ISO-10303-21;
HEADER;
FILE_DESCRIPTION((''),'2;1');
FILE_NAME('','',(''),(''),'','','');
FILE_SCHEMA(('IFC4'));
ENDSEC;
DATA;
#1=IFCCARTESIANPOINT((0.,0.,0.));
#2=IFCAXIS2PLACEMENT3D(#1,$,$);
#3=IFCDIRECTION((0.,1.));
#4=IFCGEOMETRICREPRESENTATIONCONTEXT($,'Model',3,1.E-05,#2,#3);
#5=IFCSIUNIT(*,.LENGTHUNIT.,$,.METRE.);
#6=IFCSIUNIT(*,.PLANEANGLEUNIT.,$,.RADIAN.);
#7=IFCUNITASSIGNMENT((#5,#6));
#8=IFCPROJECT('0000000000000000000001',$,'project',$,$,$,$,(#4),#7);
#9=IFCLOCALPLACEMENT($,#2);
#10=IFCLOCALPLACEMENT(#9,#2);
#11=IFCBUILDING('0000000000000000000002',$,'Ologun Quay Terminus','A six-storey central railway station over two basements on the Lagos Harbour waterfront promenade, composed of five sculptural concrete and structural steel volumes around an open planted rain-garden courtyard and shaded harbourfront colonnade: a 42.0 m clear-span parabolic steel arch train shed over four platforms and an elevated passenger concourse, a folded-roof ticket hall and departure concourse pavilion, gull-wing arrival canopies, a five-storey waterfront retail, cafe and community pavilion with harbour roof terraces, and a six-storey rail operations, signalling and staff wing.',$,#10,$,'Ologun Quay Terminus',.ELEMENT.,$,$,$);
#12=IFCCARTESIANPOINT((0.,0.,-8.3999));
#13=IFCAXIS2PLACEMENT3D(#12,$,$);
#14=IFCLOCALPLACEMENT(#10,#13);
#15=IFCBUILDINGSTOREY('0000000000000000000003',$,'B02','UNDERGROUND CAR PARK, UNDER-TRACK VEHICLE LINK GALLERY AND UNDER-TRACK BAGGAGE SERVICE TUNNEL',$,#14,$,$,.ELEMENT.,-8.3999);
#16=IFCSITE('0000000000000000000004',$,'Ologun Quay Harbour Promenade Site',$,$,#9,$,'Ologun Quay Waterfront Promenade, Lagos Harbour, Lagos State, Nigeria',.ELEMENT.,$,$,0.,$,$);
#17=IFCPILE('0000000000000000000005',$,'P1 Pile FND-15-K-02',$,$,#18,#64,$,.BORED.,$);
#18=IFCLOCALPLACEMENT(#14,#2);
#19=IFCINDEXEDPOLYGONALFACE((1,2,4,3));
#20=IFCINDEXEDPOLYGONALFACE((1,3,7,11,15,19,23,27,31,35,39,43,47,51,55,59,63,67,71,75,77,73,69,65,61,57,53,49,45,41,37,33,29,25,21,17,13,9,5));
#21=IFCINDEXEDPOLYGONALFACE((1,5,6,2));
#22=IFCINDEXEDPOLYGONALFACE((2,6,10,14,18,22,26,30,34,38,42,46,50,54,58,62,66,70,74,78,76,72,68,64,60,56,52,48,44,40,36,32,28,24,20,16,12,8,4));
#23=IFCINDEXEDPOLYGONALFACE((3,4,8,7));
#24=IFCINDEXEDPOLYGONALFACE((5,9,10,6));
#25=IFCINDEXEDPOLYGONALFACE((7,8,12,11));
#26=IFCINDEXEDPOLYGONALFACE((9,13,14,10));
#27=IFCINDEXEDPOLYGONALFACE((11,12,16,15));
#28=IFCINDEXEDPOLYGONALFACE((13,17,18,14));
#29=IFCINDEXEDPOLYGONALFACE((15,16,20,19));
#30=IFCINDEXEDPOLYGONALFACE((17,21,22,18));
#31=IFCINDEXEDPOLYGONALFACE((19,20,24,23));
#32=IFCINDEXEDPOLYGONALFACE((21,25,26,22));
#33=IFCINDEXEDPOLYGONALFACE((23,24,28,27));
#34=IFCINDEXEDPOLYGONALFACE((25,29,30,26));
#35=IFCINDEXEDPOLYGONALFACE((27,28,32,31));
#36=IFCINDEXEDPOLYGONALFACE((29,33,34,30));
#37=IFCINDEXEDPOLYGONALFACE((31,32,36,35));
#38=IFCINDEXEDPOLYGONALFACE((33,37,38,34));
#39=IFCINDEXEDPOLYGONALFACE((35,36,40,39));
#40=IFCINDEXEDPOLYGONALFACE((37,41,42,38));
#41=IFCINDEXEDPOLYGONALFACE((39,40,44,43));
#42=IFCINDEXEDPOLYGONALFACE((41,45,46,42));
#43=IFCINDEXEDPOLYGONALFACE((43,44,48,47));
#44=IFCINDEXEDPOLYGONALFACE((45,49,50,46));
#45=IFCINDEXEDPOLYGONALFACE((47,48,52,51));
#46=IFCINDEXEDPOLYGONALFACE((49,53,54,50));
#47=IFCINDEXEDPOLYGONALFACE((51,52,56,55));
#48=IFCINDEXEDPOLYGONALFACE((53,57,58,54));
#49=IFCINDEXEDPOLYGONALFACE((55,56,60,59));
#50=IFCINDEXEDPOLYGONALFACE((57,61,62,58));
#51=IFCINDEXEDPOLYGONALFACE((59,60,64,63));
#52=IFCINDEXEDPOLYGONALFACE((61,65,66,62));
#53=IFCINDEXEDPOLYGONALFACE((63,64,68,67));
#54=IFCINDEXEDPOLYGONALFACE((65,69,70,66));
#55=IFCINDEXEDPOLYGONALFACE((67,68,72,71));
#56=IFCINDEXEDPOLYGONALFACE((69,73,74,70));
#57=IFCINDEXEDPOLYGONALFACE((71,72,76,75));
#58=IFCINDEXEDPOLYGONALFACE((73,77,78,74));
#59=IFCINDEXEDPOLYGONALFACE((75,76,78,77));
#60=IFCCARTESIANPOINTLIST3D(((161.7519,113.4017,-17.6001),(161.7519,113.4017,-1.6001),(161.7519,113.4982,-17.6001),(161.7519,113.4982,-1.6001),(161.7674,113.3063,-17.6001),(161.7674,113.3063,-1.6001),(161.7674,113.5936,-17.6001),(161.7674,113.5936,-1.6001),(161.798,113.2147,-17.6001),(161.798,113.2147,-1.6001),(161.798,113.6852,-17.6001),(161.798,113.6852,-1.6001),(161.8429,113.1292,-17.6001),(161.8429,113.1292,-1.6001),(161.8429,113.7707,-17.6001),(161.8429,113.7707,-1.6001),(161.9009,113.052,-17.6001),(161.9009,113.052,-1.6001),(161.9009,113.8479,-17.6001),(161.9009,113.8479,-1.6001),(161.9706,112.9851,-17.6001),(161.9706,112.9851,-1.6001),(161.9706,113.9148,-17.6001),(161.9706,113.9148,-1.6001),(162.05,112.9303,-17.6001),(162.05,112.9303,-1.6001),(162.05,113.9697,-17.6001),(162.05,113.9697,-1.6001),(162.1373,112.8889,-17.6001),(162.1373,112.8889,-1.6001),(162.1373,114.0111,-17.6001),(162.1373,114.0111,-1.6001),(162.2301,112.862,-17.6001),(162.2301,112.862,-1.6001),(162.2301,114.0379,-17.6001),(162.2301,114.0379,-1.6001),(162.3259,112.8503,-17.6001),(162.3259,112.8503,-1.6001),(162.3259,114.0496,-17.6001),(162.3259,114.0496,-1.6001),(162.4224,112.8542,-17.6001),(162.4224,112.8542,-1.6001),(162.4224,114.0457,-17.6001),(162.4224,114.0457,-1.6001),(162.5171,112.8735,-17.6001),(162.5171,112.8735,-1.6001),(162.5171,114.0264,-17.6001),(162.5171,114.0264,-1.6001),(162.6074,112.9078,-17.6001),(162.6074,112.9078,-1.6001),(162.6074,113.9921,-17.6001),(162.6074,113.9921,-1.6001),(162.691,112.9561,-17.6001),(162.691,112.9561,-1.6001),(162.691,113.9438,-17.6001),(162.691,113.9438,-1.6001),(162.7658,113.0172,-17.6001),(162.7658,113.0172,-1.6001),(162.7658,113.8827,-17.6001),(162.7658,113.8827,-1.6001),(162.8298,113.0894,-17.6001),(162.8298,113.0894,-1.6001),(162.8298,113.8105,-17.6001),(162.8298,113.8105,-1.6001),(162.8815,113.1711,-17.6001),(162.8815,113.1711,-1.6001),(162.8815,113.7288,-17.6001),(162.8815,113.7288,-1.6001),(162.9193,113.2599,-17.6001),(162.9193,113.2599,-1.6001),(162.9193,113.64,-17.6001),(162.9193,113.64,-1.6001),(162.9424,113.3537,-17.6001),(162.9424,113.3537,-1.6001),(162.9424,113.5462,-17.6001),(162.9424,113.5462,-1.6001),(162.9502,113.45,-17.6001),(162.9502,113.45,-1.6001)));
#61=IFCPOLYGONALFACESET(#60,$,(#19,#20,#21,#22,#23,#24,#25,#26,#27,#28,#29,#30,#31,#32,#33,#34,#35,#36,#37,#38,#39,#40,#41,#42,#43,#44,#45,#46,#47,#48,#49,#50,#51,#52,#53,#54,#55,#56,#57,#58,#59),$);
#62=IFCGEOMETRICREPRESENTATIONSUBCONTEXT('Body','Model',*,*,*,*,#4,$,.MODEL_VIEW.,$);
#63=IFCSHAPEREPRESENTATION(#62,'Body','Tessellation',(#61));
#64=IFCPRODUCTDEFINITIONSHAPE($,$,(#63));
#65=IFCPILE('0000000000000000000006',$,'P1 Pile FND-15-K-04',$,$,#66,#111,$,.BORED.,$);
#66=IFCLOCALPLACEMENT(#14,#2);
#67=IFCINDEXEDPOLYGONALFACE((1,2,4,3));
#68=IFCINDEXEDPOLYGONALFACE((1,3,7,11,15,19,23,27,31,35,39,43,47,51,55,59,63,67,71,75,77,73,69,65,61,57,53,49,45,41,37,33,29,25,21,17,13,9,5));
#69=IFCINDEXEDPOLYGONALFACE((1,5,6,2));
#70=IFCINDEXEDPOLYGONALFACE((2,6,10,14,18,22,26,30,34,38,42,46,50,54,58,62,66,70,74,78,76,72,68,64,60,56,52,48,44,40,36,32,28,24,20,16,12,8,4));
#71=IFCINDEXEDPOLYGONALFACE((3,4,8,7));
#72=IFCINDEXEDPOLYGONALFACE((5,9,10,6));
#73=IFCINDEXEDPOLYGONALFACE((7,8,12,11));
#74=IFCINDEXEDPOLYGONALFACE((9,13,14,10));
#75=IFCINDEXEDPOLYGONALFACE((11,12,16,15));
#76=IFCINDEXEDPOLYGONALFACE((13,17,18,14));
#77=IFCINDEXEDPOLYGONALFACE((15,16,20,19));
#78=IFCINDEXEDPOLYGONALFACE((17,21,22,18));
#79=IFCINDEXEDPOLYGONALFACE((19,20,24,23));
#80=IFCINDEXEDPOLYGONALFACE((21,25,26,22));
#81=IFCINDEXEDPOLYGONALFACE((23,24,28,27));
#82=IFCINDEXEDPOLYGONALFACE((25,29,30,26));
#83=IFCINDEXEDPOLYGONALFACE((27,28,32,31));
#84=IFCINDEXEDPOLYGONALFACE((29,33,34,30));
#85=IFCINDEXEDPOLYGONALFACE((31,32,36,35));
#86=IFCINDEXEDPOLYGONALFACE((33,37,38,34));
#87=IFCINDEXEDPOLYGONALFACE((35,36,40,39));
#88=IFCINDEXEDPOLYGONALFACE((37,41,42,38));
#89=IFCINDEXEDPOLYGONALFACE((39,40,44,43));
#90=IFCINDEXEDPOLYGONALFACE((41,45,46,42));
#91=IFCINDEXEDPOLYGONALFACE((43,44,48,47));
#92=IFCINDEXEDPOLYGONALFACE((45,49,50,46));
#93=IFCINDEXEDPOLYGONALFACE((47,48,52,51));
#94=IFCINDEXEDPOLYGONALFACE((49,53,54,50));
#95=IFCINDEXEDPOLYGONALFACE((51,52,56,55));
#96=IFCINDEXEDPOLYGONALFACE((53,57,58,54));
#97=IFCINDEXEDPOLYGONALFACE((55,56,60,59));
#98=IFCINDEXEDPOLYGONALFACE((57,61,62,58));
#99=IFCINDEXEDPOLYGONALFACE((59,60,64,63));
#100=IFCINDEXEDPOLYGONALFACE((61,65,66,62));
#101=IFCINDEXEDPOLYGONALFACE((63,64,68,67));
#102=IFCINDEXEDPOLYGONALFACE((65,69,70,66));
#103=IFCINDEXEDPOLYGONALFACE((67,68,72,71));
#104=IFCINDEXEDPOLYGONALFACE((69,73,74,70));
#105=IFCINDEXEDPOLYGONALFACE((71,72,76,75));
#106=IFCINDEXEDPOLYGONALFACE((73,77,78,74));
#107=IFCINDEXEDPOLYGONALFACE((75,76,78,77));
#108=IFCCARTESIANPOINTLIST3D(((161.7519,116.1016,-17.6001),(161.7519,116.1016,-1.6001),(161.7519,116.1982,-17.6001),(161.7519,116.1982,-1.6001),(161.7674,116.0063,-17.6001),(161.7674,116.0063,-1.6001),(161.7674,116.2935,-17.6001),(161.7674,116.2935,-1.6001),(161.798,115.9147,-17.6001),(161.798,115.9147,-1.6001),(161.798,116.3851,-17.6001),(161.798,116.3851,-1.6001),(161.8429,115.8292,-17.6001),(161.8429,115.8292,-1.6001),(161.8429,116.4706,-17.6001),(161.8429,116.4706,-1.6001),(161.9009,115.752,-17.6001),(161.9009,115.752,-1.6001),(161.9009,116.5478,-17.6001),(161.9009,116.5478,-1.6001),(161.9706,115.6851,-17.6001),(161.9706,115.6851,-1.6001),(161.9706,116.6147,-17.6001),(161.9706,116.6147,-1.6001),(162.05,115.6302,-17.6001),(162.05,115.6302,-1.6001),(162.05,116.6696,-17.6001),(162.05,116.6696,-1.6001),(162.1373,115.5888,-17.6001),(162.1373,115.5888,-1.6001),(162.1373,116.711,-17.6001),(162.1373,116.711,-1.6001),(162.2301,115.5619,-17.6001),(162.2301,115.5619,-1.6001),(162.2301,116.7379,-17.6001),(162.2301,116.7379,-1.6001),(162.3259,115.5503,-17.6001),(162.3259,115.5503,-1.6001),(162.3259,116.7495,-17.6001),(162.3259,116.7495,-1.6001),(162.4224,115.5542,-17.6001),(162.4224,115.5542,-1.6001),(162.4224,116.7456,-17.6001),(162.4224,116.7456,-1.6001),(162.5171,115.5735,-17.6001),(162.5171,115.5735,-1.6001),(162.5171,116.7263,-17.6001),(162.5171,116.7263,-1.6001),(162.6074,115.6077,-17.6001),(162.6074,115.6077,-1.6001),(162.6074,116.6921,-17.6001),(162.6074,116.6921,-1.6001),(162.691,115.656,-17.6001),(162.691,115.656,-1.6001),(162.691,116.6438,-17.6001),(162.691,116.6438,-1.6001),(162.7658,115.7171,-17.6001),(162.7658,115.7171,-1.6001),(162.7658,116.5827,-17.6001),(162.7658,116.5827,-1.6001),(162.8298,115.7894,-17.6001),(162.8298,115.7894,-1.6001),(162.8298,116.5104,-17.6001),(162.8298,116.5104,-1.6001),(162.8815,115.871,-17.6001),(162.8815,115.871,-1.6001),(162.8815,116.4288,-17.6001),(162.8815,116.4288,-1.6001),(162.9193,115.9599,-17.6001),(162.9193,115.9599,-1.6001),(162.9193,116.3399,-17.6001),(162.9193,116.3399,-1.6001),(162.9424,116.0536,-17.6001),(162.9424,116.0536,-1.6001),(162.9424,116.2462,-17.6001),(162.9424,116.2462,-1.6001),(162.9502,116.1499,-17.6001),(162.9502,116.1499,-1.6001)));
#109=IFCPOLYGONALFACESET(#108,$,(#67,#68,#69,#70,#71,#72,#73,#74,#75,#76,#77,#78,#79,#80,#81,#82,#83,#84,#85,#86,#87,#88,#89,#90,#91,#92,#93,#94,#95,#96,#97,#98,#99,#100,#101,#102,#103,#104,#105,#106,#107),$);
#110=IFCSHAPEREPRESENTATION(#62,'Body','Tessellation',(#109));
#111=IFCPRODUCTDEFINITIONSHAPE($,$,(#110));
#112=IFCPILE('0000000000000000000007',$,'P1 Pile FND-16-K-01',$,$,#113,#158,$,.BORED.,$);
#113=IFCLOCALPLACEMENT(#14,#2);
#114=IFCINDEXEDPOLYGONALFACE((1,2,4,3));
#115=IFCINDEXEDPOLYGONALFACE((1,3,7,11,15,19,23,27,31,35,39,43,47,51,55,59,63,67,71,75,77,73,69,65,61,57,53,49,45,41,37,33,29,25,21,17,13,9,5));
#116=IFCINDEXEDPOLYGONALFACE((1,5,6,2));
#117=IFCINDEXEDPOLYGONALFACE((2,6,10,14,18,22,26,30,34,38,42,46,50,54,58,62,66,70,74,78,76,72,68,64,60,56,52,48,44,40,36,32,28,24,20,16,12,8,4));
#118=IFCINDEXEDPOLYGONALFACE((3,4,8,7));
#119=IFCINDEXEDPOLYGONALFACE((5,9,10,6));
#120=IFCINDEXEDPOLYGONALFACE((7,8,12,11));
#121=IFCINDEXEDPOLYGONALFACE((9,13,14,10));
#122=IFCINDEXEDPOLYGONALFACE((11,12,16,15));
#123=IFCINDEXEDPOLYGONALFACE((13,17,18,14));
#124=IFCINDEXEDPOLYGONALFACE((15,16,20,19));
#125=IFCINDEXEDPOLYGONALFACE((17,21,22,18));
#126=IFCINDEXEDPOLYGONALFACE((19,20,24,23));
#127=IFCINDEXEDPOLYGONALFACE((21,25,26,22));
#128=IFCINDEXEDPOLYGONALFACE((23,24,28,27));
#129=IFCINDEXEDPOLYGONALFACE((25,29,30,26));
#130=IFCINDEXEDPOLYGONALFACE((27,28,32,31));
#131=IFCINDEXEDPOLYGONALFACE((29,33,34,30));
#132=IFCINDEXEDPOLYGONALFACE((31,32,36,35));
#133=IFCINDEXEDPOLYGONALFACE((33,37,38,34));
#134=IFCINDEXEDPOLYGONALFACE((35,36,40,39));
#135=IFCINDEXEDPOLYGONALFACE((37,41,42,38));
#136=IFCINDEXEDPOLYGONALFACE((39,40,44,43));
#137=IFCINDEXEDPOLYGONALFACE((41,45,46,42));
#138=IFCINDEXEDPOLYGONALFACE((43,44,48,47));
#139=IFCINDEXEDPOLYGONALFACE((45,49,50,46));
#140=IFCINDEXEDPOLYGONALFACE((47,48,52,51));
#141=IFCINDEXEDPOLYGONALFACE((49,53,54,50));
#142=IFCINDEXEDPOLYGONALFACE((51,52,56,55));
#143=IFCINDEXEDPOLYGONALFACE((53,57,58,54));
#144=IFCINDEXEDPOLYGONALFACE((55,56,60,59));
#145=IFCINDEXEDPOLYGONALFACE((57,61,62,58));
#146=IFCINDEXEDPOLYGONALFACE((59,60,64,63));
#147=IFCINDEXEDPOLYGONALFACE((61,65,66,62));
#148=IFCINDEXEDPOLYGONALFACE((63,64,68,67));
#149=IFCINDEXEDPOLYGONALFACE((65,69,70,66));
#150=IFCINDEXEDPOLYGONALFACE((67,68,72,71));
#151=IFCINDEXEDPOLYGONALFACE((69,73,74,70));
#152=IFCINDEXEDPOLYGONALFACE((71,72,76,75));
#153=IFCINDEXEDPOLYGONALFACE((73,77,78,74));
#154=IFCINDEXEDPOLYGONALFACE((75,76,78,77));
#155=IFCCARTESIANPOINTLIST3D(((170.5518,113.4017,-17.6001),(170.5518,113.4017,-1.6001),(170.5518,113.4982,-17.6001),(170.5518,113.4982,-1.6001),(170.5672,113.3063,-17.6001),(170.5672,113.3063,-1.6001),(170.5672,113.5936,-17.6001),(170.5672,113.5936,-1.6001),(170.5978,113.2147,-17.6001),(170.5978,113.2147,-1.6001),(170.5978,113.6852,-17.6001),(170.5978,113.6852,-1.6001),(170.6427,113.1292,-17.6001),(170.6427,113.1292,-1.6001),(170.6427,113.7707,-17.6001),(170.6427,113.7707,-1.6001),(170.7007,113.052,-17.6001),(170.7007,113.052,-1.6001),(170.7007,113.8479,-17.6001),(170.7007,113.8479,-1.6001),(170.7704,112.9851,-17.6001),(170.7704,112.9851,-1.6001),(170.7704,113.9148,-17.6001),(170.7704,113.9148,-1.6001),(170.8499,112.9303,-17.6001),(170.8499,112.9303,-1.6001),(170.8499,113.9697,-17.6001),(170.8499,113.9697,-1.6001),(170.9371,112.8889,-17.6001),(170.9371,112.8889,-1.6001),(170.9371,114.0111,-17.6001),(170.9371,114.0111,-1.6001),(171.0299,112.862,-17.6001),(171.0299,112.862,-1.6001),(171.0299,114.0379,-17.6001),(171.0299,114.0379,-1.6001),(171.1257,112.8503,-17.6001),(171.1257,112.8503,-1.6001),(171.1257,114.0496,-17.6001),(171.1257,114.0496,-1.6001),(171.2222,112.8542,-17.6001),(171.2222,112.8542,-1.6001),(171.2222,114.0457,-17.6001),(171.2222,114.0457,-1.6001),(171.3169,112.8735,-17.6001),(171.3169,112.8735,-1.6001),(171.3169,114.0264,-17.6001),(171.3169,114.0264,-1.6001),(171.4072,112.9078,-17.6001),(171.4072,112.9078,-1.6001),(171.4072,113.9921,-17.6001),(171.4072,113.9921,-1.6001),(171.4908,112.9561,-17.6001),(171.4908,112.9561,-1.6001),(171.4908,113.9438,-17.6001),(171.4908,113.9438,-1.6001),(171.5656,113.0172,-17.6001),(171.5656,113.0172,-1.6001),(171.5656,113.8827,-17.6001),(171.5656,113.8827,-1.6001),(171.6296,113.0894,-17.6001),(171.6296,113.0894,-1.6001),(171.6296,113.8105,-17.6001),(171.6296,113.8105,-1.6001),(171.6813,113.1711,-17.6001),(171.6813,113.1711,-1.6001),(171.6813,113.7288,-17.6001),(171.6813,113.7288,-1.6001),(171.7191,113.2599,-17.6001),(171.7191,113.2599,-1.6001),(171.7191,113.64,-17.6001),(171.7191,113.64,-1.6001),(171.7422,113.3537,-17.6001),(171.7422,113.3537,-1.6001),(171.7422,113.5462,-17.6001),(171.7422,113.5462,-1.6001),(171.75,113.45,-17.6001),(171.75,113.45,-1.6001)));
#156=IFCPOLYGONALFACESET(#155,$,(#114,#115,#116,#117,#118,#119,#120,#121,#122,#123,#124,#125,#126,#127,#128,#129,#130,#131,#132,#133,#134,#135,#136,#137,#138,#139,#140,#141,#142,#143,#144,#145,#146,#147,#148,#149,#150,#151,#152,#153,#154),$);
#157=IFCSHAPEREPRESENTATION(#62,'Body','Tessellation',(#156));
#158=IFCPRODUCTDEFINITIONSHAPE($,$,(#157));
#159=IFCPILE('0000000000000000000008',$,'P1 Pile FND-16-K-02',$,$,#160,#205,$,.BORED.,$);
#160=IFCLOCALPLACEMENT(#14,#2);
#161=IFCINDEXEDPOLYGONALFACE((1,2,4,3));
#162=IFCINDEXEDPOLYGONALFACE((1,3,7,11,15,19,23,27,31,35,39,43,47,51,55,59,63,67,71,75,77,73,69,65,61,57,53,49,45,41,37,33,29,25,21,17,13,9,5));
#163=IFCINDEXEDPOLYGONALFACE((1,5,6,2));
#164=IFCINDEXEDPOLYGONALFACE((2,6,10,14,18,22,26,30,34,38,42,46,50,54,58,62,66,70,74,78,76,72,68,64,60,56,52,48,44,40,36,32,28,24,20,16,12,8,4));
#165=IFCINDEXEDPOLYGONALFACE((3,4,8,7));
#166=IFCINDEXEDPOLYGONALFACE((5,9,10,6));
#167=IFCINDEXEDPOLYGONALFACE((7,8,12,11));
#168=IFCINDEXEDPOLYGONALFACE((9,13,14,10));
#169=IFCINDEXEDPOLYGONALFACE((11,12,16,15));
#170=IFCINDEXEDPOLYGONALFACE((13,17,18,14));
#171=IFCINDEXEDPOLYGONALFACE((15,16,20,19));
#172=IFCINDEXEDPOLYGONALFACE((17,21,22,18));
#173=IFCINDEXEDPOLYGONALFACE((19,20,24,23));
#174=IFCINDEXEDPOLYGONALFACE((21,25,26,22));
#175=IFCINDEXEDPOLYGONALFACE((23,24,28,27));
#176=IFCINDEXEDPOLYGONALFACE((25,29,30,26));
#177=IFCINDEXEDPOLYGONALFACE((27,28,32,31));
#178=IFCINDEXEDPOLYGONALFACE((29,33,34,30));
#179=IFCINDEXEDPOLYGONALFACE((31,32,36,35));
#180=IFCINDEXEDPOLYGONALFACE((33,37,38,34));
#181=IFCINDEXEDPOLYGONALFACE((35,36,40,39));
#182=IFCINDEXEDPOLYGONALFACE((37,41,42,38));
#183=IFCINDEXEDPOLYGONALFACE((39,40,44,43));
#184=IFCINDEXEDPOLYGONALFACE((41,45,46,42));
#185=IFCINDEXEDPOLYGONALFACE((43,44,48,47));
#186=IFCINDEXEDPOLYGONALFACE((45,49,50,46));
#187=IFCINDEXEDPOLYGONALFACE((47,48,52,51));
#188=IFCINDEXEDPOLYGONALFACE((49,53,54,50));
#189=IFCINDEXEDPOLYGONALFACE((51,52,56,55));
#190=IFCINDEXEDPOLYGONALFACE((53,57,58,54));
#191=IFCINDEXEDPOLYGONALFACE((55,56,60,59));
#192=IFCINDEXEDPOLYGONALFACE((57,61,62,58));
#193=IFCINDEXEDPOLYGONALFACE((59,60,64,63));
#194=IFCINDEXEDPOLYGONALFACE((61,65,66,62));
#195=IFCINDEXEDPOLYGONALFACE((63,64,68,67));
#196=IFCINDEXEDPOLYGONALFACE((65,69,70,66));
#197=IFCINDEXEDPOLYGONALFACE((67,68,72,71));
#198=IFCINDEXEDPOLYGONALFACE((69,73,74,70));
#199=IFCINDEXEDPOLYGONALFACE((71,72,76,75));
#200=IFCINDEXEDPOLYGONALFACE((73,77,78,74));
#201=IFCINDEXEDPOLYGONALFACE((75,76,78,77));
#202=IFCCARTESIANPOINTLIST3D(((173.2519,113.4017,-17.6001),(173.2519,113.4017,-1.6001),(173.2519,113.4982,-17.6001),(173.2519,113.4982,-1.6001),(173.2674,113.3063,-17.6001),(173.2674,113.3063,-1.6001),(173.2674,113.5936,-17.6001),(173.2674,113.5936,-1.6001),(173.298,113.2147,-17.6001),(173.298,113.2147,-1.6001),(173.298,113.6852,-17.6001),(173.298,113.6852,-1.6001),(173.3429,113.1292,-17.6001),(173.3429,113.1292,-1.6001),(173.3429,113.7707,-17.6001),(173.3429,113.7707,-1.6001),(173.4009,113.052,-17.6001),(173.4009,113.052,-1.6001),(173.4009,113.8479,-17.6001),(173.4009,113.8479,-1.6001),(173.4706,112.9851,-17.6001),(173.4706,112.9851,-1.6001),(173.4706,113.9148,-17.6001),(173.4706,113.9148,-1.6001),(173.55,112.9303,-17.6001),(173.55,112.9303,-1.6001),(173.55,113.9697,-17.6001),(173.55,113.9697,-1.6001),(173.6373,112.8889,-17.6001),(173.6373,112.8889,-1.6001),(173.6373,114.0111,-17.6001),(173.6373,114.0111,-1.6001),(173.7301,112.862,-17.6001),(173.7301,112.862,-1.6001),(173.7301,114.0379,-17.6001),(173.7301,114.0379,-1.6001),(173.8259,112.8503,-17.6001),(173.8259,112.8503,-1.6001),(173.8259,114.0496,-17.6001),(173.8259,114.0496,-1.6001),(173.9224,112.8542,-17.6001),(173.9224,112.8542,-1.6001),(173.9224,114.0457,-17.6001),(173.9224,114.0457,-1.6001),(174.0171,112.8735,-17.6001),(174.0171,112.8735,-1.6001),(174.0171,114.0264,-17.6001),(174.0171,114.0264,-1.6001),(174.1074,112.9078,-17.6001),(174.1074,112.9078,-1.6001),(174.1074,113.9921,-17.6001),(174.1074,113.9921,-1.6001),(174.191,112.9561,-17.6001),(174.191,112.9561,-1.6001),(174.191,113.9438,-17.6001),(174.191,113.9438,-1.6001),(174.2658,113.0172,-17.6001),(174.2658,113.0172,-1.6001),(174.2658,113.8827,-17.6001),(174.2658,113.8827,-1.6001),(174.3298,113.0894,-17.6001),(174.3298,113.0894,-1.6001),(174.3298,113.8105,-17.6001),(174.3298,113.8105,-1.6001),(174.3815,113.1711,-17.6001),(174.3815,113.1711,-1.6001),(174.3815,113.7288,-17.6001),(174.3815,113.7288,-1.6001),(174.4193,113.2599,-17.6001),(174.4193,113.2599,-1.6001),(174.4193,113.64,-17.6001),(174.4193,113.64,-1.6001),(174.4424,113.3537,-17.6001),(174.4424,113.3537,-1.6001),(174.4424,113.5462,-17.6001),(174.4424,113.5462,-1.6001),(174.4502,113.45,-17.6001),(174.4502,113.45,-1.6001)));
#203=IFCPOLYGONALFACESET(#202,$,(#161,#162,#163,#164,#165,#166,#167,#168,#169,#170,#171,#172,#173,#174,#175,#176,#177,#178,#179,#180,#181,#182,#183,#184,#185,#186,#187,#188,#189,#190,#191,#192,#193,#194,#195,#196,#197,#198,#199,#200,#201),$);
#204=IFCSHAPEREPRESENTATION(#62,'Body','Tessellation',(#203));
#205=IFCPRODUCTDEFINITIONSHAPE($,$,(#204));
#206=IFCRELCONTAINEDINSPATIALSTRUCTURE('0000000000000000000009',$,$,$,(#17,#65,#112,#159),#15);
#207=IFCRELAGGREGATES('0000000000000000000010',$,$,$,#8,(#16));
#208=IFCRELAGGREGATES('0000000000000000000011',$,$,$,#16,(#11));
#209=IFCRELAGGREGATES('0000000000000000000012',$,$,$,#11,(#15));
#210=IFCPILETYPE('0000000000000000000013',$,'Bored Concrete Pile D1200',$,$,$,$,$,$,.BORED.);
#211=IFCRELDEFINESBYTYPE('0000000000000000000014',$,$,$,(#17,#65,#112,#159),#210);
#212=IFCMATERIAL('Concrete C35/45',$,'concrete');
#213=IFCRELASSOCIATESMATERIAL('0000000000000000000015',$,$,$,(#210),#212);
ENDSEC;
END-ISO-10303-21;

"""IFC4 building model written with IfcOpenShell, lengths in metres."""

from ifc_helpers import new_model, si_unit, direction, frame, origin, origin_2d, place, context, subcontext, project, spatial, circle, extrude, material, material_profile, profile_set, type_object, element, save


model = new_model("IFC4")

# Units and contexts
model_context = context("Model", 3, precision=1e-05, world=origin(), true_north=direction((0.0, 1.0)))
body_context = subcontext(model_context, "Body", "Model", "MODEL_VIEW")
ifc_project = project(units=[si_unit("LENGTHUNIT", "METRE"), si_unit("PLANEANGLEUNIT", "RADIAN")], contexts=[model_context])

# Site, building, storey
site_placement = place(None, origin())
site = spatial("IfcSite", under=ifc_project, at=site_placement, Name="Ologun Quay Harbour Promenade Site", LongName="Ologun Quay Waterfront Promenade, Lagos Harbour, Lagos State, Nigeria", CompositionType="ELEMENT", RefElevation=0.0)
building_placement = place(site_placement, origin())
building = spatial("IfcBuilding", under=site, at=building_placement, Name="Ologun Quay Terminus", Description="A six-storey central railway station over two basements on the Lagos Harbour waterfront promenade, composed of five sculptural concrete and structural steel volumes around an open planted rain-garden courtyard and shaded harbourfront colonnade: a 42.0 m clear-span parabolic steel arch train shed over four platforms and an elevated passenger concourse, a folded-roof ticket hall and departure concourse pavilion, gull-wing arrival canopies, a five-storey waterfront retail, cafe and community pavilion with harbour roof terraces, and a six-storey rail operations, signalling and staff wing.", LongName="Ologun Quay Terminus", CompositionType="ELEMENT")
storey_placement = place(building_placement, frame((0.0, 0.0, -8.3999)))
storey = spatial("IfcBuildingStorey", under=building, at=storey_placement, Name="B02", Description="UNDERGROUND CAR PARK, UNDER-TRACK VEHICLE LINK GALLERY AND UNDER-TRACK BAGGAGE SERVICE TUNNEL", CompositionType="ELEMENT", Elevation=-8.3999)

# Piles
ifc_material_1 = material(Name="Concrete C35/45", Category="concrete")
ifc_material_profile_1 = material_profile(ifc_material_1, circle(Radius=0.6001, at=origin_2d()), Name="PILE D1200")
ifc_profile_set_1 = profile_set([ifc_material_profile_1], Name="Concrete C35/45")
pile_type_1 = type_object("IfcPileType", Name="Bored Concrete Pile D1200", PredefinedType="BORED", material=ifc_profile_set_1)
for number, where, z_axis, x_axis, name in (
    (1, (162.3501, 113.45, -1.6001), (0.0, 0.0, -1.0), (1.0, 0.0, 0.0), "P1 Pile FND-15-K-02"),
    (2, (162.3501, 116.1499, -1.6001), (0.0, 0.0, -1.0), (1.0, 0.0, 0.0), "P1 Pile FND-15-K-04"),
    (3, (171.1499, 113.45, -1.6001), (0.0, 0.0, -1.0), (1.0, 0.0, 0.0), "P1 Pile FND-16-K-01"),
    (4, (173.8501, 113.45, -1.6001), (0.0, 0.0, -1.0), (1.0, 0.0, 0.0), "P1 Pile FND-16-K-02"),
):
    element("IfcPile", number, at=place(storey_placement, frame(where, z_axis=z_axis, x_axis=x_axis)), inside=storey, type_object=pile_type_1, Name=name, PredefinedType="BORED", context=body_context, shape_type="SweptSolid", body=[
        extrude(circle(Radius=0.6001, at=origin_2d()), origin(), (0.0, 0.0, 1.0), 16.0),
    ])

save(model, "model.ifc")
